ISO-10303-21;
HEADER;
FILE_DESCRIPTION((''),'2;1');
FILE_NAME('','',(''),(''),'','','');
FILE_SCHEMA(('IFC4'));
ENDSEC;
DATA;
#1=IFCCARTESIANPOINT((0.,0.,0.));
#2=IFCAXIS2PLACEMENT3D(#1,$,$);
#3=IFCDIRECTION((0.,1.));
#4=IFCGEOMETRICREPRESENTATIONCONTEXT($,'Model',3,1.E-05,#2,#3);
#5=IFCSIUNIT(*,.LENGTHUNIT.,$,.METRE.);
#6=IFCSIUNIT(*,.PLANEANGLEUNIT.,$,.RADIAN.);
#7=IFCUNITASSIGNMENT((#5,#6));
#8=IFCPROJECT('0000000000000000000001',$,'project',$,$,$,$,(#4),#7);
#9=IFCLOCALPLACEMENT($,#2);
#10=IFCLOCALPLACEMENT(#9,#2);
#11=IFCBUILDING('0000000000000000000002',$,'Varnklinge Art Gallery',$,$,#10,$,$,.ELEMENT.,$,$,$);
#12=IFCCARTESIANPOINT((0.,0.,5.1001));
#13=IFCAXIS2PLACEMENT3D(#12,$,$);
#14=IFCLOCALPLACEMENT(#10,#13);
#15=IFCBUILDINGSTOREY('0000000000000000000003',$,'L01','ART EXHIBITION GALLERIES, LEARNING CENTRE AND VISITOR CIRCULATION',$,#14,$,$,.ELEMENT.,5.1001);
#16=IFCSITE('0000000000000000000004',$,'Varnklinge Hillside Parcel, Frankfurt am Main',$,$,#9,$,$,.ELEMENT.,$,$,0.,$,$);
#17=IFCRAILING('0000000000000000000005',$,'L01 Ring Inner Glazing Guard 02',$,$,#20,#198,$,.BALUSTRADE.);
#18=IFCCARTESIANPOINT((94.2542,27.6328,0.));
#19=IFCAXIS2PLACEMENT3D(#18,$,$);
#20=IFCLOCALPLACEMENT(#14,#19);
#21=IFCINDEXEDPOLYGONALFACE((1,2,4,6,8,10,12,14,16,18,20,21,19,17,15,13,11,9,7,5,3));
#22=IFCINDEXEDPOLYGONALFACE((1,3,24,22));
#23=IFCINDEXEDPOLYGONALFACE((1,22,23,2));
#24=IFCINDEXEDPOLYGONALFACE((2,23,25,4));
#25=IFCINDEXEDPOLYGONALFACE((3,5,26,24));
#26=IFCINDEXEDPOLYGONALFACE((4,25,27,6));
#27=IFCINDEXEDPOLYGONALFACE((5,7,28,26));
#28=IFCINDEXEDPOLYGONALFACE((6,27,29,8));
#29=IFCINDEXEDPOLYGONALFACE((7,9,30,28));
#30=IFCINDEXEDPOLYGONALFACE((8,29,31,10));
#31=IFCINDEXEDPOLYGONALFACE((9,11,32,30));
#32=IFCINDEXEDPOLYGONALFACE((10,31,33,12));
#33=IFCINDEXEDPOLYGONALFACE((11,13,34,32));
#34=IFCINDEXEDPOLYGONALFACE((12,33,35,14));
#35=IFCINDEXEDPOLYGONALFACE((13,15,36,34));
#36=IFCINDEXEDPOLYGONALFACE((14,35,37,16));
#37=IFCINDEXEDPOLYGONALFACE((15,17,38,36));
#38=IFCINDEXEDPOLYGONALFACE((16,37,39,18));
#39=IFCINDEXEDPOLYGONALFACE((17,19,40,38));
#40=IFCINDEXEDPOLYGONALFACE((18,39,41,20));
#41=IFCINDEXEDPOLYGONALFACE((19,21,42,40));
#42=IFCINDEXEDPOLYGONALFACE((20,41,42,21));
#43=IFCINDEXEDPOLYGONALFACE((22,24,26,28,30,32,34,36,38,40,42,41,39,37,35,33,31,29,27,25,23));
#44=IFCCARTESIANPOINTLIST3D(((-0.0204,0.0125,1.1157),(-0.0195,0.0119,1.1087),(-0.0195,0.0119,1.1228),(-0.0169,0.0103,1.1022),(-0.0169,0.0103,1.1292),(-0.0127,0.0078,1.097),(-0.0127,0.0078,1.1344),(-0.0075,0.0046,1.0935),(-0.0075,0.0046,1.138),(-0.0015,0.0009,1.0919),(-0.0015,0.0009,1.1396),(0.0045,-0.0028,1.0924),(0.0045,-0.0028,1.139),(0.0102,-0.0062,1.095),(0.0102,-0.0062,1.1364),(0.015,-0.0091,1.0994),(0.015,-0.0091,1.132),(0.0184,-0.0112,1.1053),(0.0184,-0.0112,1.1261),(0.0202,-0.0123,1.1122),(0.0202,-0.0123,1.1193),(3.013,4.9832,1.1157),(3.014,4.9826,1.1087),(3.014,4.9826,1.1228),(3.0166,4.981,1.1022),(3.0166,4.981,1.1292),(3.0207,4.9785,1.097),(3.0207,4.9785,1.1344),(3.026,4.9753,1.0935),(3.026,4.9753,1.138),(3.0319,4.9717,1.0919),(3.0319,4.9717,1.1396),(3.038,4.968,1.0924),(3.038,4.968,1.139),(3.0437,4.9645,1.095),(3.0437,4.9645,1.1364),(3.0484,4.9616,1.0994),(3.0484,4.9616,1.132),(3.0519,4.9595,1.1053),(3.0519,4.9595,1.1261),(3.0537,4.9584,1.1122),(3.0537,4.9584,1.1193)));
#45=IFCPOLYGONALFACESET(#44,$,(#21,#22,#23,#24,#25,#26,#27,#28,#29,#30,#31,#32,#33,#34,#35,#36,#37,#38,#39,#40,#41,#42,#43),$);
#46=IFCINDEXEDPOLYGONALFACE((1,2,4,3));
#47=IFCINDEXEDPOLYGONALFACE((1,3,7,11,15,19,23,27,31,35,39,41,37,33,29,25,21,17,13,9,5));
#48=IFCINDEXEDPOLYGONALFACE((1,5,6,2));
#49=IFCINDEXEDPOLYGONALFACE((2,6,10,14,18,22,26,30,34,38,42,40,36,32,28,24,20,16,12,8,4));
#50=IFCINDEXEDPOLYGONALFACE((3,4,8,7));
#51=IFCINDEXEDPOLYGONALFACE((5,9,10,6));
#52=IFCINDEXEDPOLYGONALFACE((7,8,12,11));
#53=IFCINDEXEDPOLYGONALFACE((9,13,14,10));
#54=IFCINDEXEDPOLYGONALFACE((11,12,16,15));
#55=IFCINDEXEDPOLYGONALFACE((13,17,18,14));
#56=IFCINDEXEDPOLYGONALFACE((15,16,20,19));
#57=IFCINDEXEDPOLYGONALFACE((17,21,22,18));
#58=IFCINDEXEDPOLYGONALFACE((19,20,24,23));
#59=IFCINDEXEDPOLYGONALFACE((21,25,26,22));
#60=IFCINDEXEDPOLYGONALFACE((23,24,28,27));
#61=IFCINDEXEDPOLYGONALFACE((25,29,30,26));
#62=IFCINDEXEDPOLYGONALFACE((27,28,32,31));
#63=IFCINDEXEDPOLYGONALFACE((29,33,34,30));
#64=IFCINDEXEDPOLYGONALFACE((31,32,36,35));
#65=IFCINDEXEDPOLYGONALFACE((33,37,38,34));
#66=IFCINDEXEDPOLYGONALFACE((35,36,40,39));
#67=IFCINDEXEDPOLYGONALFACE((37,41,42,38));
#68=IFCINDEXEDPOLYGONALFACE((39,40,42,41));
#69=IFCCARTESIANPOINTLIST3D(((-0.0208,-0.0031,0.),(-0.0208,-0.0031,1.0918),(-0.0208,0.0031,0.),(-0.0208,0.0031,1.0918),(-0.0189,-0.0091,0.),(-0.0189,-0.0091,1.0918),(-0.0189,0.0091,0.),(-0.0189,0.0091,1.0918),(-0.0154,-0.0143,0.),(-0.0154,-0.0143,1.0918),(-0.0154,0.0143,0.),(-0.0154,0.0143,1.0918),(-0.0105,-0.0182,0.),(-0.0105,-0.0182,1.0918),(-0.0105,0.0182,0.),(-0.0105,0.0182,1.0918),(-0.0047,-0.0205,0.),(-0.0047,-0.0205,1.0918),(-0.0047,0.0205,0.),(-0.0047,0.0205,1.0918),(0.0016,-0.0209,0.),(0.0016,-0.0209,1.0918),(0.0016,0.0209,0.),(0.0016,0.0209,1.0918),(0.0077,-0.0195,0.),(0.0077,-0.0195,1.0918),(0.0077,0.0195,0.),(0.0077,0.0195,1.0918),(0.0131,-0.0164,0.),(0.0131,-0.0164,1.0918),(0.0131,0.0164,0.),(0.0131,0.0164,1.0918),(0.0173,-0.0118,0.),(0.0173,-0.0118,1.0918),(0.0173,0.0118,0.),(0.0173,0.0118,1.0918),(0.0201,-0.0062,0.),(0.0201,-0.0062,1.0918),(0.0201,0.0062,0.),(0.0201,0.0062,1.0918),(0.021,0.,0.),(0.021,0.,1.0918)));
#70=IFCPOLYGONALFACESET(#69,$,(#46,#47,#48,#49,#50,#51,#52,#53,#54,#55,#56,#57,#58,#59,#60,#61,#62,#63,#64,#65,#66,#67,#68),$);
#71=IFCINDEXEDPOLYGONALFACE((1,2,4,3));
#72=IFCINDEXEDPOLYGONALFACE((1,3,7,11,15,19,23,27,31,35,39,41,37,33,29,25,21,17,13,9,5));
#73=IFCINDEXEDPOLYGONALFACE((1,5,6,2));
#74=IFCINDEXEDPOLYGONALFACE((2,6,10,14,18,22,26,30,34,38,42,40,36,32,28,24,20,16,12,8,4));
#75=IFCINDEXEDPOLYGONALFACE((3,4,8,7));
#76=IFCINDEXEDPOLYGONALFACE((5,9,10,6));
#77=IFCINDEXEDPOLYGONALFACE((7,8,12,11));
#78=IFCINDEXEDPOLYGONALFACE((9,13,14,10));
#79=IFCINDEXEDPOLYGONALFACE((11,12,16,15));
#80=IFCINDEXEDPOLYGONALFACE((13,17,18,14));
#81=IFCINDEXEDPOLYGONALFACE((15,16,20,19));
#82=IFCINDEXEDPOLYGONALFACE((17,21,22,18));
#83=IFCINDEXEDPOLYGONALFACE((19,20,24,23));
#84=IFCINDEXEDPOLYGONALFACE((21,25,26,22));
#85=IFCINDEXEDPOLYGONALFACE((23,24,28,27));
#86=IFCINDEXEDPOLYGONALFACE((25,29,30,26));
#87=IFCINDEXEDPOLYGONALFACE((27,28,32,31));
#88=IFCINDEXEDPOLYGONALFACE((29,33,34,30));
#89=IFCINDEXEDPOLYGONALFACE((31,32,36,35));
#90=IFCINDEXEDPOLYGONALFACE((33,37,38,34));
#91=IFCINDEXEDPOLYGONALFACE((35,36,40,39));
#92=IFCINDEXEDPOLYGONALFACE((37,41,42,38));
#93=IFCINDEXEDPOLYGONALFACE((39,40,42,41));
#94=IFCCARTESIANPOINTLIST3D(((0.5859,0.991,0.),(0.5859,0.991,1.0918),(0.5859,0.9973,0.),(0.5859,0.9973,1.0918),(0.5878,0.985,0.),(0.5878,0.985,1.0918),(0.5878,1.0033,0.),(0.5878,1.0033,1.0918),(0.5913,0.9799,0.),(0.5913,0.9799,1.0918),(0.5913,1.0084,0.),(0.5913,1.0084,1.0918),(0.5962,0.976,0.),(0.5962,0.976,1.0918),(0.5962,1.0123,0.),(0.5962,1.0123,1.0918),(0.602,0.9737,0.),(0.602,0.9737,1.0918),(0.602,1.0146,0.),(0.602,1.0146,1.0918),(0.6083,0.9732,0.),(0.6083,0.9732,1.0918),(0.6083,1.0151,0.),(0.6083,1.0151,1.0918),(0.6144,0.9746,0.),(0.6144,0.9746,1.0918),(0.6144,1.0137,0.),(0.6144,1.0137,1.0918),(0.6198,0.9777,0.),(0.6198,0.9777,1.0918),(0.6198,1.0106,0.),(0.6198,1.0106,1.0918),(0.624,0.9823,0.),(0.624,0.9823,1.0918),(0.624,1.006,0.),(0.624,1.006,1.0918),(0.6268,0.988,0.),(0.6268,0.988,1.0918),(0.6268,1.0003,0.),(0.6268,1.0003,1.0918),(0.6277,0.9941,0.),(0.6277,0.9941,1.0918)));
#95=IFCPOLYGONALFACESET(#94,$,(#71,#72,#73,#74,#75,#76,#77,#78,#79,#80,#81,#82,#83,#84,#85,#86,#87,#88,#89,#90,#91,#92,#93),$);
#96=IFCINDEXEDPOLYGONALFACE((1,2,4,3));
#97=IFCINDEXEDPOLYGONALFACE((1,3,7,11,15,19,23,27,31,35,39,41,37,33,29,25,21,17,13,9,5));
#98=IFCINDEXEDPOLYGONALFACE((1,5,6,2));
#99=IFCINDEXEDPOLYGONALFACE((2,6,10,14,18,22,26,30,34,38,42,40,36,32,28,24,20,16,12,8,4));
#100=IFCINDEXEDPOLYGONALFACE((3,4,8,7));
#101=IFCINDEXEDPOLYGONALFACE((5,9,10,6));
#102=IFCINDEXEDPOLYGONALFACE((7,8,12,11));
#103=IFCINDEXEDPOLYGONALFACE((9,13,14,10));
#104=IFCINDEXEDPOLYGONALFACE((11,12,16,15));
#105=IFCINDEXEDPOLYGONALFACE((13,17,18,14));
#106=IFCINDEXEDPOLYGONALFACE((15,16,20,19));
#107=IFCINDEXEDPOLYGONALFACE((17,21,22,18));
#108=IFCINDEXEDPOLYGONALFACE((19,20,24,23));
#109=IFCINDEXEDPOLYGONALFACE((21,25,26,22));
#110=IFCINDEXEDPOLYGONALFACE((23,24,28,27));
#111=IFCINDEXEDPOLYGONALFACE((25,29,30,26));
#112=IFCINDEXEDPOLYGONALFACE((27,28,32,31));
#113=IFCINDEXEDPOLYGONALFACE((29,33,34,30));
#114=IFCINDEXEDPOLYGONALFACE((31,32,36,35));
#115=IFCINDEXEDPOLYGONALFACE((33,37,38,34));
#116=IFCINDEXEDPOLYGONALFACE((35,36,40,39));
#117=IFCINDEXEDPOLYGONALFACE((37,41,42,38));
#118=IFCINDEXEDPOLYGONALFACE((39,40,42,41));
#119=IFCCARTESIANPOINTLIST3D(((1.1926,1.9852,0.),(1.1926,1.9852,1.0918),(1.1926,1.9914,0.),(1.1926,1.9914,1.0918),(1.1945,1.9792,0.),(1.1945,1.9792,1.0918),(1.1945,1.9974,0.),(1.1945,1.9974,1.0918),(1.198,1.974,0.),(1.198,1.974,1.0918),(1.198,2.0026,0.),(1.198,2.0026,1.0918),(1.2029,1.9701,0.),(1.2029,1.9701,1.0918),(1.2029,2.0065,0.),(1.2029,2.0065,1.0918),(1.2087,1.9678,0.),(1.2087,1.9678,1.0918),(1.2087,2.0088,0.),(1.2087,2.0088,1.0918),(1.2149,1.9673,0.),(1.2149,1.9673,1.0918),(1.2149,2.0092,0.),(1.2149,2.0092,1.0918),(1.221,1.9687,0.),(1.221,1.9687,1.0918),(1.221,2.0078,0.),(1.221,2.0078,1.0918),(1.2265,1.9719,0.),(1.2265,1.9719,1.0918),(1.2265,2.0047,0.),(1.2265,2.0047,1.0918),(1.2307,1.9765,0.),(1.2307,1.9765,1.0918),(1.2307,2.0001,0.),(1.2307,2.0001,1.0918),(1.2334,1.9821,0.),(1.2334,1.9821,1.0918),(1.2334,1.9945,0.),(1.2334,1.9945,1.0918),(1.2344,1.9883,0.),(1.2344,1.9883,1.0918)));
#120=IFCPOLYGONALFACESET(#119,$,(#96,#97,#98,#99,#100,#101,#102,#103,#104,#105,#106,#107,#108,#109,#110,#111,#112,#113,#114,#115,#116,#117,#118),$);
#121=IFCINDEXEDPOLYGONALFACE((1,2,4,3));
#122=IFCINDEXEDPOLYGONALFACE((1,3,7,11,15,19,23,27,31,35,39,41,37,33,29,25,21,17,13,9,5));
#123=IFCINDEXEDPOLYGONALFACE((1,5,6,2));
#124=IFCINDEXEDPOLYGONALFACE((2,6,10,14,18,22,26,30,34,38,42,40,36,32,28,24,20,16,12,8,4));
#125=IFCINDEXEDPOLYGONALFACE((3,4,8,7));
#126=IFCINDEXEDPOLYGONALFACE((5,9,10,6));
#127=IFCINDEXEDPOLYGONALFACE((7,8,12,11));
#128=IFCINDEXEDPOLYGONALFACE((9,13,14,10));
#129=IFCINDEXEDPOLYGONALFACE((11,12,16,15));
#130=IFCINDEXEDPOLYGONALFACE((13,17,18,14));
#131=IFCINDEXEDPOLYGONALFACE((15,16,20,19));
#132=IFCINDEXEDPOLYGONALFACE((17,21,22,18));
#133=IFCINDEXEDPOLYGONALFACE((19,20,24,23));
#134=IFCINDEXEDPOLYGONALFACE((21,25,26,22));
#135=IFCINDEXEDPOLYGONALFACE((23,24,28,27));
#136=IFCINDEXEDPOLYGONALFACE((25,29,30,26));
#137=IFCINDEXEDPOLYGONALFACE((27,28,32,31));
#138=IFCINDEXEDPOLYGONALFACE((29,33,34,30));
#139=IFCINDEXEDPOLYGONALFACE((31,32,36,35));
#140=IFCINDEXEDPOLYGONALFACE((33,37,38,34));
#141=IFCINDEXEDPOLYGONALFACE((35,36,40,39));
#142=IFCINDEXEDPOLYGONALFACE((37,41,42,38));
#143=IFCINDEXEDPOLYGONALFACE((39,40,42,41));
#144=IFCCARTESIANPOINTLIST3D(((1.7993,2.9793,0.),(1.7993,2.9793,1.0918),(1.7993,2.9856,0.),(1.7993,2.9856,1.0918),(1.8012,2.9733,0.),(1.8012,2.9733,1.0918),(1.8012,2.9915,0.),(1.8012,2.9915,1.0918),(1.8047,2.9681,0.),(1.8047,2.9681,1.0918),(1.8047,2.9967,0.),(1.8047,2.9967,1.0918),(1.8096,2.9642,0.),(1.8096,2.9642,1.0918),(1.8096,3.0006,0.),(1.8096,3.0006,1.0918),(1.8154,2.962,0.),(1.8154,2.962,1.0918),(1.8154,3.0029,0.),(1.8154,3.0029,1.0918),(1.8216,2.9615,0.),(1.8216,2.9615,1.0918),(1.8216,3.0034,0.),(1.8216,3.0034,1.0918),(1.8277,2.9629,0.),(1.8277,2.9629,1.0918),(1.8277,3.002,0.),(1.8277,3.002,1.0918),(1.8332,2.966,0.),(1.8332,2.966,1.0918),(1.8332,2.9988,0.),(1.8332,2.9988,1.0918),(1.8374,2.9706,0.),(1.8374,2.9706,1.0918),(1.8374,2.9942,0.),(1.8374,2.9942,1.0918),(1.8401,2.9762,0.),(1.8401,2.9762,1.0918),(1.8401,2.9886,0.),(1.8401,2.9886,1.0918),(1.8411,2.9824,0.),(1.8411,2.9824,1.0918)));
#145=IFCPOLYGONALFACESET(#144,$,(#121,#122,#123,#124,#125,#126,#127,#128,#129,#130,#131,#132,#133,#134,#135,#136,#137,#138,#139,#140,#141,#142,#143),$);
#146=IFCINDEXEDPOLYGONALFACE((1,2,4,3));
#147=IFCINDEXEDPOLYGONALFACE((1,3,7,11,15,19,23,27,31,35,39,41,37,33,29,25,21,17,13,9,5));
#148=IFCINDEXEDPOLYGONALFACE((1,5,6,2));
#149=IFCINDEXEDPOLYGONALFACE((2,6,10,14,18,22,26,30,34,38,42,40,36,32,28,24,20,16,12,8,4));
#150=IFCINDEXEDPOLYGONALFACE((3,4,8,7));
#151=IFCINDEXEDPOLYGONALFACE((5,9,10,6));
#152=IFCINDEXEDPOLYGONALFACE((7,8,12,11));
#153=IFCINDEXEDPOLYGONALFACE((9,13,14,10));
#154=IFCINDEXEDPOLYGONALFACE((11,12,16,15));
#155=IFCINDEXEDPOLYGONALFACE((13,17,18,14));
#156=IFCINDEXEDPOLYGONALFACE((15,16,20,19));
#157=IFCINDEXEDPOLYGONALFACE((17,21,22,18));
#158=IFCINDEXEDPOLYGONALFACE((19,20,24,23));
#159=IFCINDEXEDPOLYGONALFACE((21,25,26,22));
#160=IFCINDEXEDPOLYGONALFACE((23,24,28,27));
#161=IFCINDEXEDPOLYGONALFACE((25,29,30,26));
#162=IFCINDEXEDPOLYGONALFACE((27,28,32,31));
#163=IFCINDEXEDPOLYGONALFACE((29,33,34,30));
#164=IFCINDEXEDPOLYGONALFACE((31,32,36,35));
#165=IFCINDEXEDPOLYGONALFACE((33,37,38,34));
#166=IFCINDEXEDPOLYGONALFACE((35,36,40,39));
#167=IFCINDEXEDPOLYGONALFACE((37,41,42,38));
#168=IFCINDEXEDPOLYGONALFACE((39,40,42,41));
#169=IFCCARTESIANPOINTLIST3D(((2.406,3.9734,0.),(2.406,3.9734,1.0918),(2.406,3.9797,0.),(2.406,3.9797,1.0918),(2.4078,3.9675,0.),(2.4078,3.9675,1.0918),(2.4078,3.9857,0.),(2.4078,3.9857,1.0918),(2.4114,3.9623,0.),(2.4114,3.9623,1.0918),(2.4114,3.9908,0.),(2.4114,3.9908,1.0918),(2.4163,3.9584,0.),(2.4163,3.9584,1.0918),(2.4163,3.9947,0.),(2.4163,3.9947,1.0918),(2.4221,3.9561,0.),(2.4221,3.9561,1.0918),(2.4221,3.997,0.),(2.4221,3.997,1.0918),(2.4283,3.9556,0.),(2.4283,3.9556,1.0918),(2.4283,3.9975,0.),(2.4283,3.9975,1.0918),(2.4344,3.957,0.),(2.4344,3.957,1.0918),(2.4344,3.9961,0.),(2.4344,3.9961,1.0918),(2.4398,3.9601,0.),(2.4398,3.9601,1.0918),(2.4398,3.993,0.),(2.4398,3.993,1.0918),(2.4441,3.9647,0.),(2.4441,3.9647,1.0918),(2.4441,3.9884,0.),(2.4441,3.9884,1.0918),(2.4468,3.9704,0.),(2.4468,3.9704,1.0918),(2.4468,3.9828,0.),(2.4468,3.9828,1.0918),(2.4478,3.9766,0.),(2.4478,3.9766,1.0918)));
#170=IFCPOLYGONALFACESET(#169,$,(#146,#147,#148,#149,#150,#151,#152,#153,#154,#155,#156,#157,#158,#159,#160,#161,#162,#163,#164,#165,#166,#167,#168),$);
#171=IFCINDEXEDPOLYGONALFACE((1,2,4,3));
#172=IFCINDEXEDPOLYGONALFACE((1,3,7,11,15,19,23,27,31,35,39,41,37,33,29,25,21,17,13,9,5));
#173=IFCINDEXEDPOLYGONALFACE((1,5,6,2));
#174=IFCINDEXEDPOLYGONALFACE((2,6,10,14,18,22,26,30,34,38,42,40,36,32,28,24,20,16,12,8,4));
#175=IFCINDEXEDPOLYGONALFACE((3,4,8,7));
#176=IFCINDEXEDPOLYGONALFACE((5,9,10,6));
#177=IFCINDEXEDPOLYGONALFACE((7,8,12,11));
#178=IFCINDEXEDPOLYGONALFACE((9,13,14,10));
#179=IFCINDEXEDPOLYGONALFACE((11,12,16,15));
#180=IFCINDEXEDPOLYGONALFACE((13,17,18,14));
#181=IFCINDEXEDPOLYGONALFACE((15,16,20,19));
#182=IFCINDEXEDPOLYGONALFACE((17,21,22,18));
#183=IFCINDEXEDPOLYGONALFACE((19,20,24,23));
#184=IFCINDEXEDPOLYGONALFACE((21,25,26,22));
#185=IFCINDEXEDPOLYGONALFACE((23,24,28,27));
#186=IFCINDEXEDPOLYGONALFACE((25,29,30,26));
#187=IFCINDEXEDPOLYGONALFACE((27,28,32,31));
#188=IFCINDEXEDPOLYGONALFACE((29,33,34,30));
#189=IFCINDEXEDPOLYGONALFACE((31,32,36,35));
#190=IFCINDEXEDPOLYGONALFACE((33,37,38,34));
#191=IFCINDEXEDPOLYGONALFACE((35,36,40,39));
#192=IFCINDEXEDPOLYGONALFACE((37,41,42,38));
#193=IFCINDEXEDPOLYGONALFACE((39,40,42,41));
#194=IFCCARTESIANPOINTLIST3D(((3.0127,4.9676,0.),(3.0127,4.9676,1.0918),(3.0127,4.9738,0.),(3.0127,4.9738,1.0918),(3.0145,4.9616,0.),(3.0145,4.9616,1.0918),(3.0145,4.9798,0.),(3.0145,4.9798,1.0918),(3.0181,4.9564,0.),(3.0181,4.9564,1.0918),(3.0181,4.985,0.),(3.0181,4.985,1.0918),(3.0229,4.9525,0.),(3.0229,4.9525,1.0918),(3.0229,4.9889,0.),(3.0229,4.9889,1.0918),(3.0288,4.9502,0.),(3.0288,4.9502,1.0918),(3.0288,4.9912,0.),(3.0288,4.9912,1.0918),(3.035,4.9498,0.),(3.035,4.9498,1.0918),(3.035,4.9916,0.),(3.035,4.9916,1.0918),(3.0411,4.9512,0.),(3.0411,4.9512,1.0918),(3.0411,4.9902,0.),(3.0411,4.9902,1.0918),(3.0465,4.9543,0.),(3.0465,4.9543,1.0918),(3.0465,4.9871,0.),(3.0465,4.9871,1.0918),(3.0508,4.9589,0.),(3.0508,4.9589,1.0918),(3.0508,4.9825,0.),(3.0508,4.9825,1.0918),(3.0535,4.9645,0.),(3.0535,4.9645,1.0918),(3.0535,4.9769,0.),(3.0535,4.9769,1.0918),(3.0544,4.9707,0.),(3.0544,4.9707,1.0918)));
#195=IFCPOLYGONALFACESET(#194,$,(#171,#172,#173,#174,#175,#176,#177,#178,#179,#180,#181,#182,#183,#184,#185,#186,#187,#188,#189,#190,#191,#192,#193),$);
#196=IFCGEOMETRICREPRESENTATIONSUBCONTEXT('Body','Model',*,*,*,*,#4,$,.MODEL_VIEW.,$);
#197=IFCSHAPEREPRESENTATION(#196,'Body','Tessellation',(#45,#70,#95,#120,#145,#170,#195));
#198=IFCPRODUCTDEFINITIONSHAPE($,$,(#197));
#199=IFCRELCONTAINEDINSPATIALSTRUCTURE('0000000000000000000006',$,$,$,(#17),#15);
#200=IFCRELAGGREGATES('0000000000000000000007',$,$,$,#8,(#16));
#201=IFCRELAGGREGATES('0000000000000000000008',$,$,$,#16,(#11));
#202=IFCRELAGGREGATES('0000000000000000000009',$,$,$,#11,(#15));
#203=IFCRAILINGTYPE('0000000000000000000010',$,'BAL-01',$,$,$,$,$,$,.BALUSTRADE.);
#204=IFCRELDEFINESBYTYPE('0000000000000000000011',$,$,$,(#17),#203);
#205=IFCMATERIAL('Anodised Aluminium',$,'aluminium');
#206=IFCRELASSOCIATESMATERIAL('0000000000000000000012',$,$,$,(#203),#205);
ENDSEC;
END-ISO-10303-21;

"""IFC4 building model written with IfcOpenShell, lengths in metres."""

from ifc_helpers import new_model, si_unit, direction, frame, origin, origin_2d, place, context, subcontext, project, spatial, circle, extrude, material, type_object, element, save


model = new_model("IFC4")

# Units and contexts
model_context = context("Model", 3, precision=1e-05, world=origin(), true_north=direction((0.0, 1.0)))
body_context = subcontext(model_context, "Body", "Model", "MODEL_VIEW")
ifc_project = project(units=[si_unit("LENGTHUNIT", "METRE"), si_unit("PLANEANGLEUNIT", "RADIAN")], contexts=[model_context])

# Site, building, storey
site_placement = place(None, origin())
site = spatial("IfcSite", under=ifc_project, at=site_placement, Name="Varnklinge Hillside Parcel, Frankfurt am Main", CompositionType="ELEMENT", RefElevation=0.0)
building_placement = place(site_placement, origin())
building = spatial("IfcBuilding", under=site, at=building_placement, Name="Varnklinge Art Gallery", CompositionType="ELEMENT")
storey_placement = place(building_placement, frame((0.0, 0.0, 5.1001)))
storey = spatial("IfcBuildingStorey", under=building, at=storey_placement, Name="L01", Description="ART EXHIBITION GALLERIES, LEARNING CENTRE AND VISITOR CIRCULATION", CompositionType="ELEMENT", Elevation=5.1001)

# Railing
ifc_material_1 = material(Name="Anodised Aluminium", Category="aluminium")
railing_type = type_object("IfcRailingType", Name="BAL-01", PredefinedType="BALUSTRADE", material=ifc_material_1)
railing_placement = place(storey_placement, frame((94.2542, 27.6328, 0.0)))
element("IfcRailing", 1, at=railing_placement, inside=storey, type_object=railing_type, Name="L01 Ring Inner Glazing Guard 02", PredefinedType="BALUSTRADE", context=body_context, shape_type="SweptSolid", body=[
    extrude(circle(Radius=0.0239, at=origin_2d()), frame((0.0, 0.0, 1.1157), z_axis=(0.520924, 0.853603, 0.0), x_axis=(-0.853603, 0.520924, 0.0)), (0.0, 0.0, 1.0), 5.8232),
    extrude(circle(Radius=0.021, at=origin_2d()), origin(), (0.0, 0.0, 1.0), 1.0918),
    extrude(circle(Radius=0.021, at=origin_2d()), frame((0.6067, 0.9941, 0.0)), (0.0, 0.0, 1.0), 1.0918),
    extrude(circle(Radius=0.021, at=origin_2d()), frame((1.2134, 1.9883, 0.0)), (0.0, 0.0, 1.0), 1.0918),
    extrude(circle(Radius=0.021, at=origin_2d()), frame((1.8201, 2.9824, 0.0)), (0.0, 0.0, 1.0), 1.0918),
    extrude(circle(Radius=0.021, at=origin_2d()), frame((2.4268, 3.9766, 0.0)), (0.0, 0.0, 1.0), 1.0918),
    extrude(circle(Radius=0.021, at=origin_2d()), frame((3.0334, 4.9707, 0.0)), (0.0, 0.0, 1.0), 1.0918),
])

save(model, "model.ifc")
